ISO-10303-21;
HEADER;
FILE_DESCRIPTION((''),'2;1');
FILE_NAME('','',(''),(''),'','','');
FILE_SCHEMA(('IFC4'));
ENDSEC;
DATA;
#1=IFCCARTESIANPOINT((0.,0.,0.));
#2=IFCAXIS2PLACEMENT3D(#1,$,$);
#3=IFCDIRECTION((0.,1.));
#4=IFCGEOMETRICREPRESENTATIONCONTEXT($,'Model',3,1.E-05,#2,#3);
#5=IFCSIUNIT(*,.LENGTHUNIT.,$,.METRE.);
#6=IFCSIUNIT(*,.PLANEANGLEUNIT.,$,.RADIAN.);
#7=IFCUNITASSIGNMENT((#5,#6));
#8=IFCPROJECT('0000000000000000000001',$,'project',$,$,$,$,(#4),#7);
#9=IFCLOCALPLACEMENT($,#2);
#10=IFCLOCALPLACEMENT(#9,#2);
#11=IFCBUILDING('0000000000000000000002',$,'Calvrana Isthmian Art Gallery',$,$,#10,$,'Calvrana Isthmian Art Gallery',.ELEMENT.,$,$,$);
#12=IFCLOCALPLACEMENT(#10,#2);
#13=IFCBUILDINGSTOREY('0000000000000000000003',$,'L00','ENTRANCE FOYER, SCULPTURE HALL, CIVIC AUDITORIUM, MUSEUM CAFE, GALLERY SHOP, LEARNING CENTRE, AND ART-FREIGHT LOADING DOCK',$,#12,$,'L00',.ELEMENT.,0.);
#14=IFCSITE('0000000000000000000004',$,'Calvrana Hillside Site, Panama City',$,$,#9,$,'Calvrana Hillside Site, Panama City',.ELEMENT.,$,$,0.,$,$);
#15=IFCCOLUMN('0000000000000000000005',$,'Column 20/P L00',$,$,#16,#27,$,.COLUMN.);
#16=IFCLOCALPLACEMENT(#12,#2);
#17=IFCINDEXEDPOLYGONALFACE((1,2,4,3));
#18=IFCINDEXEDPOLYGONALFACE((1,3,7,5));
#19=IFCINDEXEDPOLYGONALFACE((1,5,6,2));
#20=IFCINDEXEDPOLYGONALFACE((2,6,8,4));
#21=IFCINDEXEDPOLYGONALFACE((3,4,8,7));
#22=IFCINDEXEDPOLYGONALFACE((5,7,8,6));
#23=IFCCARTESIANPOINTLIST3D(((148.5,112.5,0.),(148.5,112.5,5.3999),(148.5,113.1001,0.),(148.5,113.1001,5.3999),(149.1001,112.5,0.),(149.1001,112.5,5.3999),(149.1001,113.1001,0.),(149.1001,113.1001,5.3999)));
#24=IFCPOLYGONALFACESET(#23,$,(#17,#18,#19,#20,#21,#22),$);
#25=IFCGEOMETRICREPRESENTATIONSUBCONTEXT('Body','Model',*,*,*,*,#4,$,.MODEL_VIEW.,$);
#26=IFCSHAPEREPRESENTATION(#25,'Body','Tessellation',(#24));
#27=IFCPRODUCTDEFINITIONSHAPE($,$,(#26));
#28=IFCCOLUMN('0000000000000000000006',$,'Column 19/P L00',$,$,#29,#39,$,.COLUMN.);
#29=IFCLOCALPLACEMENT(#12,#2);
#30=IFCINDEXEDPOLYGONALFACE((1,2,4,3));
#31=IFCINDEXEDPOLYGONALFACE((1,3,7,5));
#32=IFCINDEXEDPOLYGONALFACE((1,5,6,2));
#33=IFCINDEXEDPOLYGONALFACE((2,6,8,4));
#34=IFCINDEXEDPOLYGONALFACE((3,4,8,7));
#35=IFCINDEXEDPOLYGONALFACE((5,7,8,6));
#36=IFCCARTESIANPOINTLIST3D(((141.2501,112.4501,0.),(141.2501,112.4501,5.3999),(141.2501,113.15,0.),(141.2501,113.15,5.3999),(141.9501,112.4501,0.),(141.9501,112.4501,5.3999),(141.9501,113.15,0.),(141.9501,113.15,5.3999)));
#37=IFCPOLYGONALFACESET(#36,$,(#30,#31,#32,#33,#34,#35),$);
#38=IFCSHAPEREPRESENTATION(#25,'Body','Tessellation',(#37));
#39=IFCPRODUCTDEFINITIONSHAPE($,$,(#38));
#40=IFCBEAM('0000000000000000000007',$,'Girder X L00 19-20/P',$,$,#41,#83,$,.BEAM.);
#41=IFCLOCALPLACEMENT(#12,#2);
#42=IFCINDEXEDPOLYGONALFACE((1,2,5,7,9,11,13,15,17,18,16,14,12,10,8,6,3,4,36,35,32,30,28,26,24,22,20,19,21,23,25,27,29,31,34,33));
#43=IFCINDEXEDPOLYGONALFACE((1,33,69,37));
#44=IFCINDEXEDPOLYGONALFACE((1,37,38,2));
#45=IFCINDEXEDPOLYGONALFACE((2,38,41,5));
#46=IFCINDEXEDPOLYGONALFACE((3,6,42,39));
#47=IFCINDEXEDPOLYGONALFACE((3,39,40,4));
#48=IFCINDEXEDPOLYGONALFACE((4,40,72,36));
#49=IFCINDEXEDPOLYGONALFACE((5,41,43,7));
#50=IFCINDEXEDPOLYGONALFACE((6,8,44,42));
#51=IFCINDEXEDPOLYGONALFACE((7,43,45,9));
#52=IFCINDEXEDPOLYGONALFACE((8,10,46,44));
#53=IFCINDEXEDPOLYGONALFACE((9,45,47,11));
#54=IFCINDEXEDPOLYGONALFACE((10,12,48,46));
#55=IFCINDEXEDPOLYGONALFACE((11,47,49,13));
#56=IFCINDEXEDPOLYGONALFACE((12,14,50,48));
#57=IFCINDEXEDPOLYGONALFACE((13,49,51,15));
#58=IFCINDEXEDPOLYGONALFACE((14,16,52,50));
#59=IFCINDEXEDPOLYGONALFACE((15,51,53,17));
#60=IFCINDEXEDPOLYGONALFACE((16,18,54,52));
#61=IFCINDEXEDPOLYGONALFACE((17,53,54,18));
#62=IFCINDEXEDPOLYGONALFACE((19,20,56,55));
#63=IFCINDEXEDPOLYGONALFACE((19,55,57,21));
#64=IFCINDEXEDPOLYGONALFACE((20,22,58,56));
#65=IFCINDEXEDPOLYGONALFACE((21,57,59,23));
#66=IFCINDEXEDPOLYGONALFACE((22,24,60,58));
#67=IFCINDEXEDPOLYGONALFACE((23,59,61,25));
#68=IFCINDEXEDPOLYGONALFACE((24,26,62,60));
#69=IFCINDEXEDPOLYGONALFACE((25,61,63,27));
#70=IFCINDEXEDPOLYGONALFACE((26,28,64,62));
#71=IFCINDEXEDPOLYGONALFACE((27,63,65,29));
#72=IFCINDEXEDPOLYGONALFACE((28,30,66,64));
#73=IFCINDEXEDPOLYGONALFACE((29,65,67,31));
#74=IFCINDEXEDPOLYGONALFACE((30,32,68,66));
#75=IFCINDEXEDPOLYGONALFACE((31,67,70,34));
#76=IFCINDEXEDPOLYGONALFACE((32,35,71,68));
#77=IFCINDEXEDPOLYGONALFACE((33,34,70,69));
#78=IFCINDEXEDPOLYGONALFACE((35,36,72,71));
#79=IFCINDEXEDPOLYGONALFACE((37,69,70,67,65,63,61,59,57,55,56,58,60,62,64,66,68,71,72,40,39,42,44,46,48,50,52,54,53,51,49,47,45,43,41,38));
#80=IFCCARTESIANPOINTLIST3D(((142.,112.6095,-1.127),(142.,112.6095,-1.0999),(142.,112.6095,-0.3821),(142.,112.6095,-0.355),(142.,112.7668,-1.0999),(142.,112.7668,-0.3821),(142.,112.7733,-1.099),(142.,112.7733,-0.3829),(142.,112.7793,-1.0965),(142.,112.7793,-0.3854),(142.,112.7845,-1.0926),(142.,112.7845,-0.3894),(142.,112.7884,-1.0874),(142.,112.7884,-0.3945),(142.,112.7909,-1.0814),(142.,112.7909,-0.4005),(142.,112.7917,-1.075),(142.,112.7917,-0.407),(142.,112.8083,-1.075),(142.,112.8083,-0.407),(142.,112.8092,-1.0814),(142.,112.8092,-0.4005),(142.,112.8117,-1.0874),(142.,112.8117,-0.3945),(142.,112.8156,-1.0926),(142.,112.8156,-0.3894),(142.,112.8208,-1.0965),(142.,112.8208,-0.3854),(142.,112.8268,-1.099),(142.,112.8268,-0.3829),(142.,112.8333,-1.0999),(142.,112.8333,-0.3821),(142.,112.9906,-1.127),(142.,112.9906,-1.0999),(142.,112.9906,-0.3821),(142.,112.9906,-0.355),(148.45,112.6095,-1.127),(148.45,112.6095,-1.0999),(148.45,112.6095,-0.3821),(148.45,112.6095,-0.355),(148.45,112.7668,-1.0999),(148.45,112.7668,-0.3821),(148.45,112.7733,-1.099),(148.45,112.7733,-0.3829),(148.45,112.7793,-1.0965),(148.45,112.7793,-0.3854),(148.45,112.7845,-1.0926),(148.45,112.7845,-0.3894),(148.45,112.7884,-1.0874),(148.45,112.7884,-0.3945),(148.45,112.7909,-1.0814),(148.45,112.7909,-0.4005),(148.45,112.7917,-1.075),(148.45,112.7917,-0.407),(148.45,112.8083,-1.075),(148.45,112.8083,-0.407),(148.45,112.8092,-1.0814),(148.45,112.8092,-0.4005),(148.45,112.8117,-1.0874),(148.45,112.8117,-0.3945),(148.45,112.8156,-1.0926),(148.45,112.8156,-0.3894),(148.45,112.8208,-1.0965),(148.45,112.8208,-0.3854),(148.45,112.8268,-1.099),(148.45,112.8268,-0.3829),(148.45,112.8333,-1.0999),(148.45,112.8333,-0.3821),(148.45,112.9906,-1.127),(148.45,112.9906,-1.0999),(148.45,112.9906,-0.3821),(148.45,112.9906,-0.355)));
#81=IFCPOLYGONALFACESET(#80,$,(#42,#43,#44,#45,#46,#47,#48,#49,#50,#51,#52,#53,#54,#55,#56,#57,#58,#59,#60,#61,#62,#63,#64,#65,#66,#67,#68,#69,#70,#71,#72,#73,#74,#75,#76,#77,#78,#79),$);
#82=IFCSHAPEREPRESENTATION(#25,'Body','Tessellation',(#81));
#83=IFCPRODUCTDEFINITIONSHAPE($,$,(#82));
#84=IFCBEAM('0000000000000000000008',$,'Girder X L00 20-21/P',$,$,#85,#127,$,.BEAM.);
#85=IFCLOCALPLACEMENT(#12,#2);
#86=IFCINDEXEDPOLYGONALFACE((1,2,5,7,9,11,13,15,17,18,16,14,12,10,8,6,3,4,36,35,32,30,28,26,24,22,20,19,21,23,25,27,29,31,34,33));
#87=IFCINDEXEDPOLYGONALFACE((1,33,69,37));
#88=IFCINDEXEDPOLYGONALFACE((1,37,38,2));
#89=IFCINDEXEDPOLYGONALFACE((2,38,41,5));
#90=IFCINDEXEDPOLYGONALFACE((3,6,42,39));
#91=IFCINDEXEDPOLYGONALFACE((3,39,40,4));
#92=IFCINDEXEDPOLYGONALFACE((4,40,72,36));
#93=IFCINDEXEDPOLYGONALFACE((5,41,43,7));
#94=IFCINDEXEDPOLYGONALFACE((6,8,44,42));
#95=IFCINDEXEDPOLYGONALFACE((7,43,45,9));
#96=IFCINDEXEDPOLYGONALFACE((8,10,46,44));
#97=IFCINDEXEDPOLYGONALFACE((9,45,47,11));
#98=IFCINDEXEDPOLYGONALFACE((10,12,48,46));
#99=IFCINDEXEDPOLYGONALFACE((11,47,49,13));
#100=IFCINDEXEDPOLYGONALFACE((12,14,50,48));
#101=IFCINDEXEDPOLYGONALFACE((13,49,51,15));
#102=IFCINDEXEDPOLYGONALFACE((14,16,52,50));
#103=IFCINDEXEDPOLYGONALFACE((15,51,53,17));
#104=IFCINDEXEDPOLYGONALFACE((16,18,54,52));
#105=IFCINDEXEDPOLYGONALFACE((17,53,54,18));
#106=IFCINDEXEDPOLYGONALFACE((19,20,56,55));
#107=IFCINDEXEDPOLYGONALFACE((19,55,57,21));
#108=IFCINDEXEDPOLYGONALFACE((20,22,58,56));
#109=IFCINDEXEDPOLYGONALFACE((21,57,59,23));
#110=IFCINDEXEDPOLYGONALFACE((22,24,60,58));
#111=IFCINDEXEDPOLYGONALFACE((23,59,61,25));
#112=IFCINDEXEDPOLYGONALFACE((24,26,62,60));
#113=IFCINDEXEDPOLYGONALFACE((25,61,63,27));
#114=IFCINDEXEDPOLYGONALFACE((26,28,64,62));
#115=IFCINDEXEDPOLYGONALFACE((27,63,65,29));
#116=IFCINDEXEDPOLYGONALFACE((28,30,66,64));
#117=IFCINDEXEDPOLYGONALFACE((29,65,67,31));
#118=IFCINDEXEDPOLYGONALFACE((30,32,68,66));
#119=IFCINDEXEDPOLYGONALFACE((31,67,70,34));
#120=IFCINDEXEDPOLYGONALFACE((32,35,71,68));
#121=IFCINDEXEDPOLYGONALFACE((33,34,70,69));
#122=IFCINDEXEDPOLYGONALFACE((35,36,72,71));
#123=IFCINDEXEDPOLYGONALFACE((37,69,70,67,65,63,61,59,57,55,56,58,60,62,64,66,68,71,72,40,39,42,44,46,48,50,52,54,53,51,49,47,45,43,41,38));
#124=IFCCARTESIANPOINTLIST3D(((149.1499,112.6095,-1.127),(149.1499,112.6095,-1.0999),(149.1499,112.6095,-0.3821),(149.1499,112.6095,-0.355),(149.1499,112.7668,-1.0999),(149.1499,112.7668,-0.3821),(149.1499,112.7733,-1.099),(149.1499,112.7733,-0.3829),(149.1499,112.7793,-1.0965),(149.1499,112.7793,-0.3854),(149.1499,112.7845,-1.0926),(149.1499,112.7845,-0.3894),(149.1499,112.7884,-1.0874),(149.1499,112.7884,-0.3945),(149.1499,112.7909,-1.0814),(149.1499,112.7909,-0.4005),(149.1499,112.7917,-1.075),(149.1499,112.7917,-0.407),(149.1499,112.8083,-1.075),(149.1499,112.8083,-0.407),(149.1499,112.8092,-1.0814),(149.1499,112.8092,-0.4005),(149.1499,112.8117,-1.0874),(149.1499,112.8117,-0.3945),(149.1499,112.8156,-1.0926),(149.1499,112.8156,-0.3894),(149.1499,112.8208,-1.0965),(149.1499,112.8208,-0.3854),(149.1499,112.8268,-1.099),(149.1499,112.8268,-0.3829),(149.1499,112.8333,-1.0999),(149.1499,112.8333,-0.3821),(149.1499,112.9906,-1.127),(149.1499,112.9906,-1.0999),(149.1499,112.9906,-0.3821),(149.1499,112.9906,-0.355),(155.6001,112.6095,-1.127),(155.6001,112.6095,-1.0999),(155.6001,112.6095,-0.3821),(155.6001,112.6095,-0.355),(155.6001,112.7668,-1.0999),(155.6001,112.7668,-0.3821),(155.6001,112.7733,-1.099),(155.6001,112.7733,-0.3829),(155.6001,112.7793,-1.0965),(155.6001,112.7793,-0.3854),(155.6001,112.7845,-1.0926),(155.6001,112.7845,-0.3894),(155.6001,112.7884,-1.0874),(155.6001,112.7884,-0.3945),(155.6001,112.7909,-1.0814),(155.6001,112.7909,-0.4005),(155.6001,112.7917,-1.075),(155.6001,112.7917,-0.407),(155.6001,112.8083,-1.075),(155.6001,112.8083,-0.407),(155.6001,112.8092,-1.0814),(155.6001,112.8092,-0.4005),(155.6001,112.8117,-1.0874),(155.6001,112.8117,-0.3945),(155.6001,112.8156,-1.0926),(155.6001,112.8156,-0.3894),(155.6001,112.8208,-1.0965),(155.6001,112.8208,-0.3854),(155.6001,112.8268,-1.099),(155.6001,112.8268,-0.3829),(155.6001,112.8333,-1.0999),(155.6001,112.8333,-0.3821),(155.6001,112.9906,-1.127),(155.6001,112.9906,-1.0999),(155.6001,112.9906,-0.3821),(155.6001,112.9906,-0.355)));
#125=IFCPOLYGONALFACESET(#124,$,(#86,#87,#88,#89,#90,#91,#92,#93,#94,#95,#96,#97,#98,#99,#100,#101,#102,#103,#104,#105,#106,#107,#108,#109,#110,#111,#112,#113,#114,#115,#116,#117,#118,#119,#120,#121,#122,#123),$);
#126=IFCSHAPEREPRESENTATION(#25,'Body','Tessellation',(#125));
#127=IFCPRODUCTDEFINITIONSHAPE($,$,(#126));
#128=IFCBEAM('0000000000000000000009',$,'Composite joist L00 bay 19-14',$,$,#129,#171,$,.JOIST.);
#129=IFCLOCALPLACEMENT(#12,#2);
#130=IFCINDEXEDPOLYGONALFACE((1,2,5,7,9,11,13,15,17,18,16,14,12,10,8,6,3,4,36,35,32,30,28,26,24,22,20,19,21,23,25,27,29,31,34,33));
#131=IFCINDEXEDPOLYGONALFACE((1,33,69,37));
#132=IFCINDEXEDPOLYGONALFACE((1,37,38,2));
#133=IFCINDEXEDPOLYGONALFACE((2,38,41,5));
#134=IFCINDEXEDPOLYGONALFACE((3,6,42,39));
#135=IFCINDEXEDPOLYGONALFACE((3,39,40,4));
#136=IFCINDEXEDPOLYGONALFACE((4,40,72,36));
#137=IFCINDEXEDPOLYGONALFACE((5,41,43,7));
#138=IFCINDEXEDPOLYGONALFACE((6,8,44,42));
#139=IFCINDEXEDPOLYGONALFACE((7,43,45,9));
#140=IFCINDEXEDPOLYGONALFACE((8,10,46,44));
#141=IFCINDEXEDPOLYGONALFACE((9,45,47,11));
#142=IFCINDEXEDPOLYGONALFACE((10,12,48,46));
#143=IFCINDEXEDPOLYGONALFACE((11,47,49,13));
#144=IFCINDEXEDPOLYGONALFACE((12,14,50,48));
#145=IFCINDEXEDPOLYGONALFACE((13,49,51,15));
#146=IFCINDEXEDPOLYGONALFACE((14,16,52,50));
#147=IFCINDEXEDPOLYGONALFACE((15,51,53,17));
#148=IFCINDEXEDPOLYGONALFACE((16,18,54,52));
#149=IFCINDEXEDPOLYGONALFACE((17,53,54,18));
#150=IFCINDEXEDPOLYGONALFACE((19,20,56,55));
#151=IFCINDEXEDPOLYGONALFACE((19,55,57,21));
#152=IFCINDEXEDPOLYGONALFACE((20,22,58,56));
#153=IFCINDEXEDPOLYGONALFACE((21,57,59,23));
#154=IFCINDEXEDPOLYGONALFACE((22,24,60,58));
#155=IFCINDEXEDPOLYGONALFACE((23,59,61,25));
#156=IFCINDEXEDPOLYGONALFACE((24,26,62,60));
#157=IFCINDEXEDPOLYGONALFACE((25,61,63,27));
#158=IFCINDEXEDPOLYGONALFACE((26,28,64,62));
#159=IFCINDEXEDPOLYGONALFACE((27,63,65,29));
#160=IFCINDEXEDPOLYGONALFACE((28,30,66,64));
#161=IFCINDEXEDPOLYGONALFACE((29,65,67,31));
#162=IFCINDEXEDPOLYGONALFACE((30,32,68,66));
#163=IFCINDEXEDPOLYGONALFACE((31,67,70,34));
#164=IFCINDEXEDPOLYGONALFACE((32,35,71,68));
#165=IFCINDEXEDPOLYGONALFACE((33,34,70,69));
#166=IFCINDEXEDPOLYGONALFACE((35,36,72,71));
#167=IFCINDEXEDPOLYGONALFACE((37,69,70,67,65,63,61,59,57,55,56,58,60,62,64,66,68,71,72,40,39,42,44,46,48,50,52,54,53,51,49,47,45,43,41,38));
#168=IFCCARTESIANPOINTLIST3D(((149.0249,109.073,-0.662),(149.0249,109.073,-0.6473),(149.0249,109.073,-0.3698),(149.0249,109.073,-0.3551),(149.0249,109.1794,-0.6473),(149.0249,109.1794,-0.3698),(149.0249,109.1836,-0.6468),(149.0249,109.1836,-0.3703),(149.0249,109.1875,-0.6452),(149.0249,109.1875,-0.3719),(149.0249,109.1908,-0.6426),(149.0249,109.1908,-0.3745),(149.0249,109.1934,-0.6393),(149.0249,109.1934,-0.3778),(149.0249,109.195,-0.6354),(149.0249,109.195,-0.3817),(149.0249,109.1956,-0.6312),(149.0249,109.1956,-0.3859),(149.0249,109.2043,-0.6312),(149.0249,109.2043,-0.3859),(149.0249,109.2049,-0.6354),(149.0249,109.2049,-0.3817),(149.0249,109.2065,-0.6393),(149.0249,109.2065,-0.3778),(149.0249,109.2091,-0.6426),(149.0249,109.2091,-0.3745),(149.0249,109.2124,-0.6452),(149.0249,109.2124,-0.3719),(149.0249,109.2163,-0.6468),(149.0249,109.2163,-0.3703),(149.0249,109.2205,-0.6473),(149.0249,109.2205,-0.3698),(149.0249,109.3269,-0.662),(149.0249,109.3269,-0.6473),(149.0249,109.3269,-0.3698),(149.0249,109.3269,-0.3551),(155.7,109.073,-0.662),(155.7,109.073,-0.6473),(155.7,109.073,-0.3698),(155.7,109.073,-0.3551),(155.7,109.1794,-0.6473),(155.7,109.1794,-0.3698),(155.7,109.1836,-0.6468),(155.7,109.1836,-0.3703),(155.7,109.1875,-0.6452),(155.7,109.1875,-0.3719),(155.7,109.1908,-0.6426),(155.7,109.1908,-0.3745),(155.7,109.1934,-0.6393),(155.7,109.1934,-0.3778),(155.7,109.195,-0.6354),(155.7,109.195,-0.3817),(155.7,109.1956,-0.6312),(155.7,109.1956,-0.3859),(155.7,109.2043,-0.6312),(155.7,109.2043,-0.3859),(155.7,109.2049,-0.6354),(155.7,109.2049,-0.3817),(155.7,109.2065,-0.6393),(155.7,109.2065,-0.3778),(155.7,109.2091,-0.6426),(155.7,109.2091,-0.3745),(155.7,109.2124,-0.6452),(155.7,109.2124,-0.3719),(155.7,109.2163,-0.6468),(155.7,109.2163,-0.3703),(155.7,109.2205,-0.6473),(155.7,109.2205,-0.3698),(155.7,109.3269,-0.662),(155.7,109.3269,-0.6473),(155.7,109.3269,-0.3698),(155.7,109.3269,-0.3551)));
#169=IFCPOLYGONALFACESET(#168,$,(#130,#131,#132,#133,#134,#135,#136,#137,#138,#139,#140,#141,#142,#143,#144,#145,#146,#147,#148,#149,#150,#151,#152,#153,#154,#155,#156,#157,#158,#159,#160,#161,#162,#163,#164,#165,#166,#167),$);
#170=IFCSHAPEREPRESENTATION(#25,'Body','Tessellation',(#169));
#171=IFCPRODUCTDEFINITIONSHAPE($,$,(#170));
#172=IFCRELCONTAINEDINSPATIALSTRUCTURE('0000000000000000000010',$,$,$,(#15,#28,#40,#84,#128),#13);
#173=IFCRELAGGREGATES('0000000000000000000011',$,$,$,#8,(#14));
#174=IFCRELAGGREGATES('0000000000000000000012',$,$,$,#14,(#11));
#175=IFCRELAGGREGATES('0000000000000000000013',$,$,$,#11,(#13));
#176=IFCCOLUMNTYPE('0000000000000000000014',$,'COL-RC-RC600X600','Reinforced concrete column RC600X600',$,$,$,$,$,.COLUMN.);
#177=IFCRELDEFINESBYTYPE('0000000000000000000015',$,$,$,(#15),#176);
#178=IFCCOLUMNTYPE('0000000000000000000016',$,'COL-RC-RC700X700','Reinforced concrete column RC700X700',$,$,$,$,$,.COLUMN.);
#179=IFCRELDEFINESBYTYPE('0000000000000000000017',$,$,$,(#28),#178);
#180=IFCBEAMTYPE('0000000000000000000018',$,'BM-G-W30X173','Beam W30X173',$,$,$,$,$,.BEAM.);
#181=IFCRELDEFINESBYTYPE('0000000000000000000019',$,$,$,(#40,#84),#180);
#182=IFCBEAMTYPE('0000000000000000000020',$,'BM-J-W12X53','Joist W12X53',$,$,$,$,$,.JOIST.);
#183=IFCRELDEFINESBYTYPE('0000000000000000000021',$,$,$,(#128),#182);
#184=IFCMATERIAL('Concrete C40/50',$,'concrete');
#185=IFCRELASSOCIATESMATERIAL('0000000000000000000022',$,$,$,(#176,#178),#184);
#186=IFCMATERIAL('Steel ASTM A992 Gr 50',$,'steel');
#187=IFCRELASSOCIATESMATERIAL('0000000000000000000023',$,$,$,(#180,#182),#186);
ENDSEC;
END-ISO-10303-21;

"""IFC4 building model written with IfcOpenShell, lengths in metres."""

from ifc_helpers import new_model, si_unit, direction, frame, origin, origin_2d, place, context, subcontext, project, spatial, rectangle, i_section, extrude, material, material_profile, profile_set, type_object, element, save


model = new_model("IFC4")

# Units and contexts
model_context = context("Model", 3, precision=1e-05, world=origin(), true_north=direction((0.0, 1.0)))
body_context = subcontext(model_context, "Body", "Model", "MODEL_VIEW")
ifc_project = project(units=[si_unit("LENGTHUNIT", "METRE"), si_unit("PLANEANGLEUNIT", "RADIAN")], contexts=[model_context])

# Site, building, storey
site_placement = place(None, origin())
site = spatial("IfcSite", under=ifc_project, at=site_placement, Name="Calvrana Hillside Site, Panama City", LongName="Calvrana Hillside Site, Panama City", CompositionType="ELEMENT", RefElevation=0.0)
building_placement = place(site_placement, origin())
building = spatial("IfcBuilding", under=site, at=building_placement, Name="Calvrana Isthmian Art Gallery", LongName="Calvrana Isthmian Art Gallery", CompositionType="ELEMENT")
storey_placement = place(building_placement, origin())
storey = spatial("IfcBuildingStorey", under=building, at=storey_placement, Name="L00", Description="ENTRANCE FOYER, SCULPTURE HALL, CIVIC AUDITORIUM, MUSEUM CAFE, GALLERY SHOP, LEARNING CENTRE, AND ART-FREIGHT LOADING DOCK", LongName="L00", CompositionType="ELEMENT", Elevation=0.0)

# Columns
ifc_material_1 = material(Name="Concrete C40/50", Category="concrete")
ifc_material_profile_1 = material_profile(ifc_material_1, rectangle(XDim=0.6001, YDim=0.6001, at=origin_2d()), Name="RC600X600")
ifc_profile_set_1 = profile_set([ifc_material_profile_1], Name="Concrete C40/50")
column_type_1 = type_object("IfcColumnType", Name="COL-RC-RC600X600", Description="Reinforced concrete column RC600X600", PredefinedType="COLUMN", material=ifc_profile_set_1)
column_1_placement = place(storey_placement, frame((148.8, 112.8, 0.0), z_axis=(0.0, 0.0, 1.0), x_axis=(1.0, 0.0, 0.0)))
element("IfcColumn", 1, at=column_1_placement, inside=storey, type_object=column_type_1, Name="Column 20/P L00", PredefinedType="COLUMN", context=body_context, shape_type="SweptSolid", body=[
    extrude(rectangle(XDim=0.6001, YDim=0.6001, at=origin_2d()), origin(), (0.0, 0.0, 1.0), 5.3999),
])
ifc_material_profile_2 = material_profile(ifc_material_1, rectangle(XDim=0.7, YDim=0.7, at=origin_2d()), Name="RC700X700")
ifc_profile_set_2 = profile_set([ifc_material_profile_2], Name="Concrete C40/50")
column_type_2 = type_object("IfcColumnType", Name="COL-RC-RC700X700", Description="Reinforced concrete column RC700X700", PredefinedType="COLUMN", material=ifc_profile_set_2)
column_2_placement = place(storey_placement, frame((141.6001, 112.8, 0.0), z_axis=(0.0, 0.0, 1.0), x_axis=(1.0, 0.0, 0.0)))
element("IfcColumn", 2, at=column_2_placement, inside=storey, type_object=column_type_2, Name="Column 19/P L00", PredefinedType="COLUMN", context=body_context, shape_type="SweptSolid", body=[
    extrude(rectangle(XDim=0.7, YDim=0.7, at=origin_2d()), origin(), (0.0, 0.0, 1.0), 5.3999),
])

# Beams
ifc_material_2 = material(Name="Steel ASTM A992 Gr 50", Category="steel")
ifc_material_profile_3 = material_profile(ifc_material_2, i_section(OverallWidth=0.3811, OverallDepth=0.772, WebThickness=0.0166, FlangeThickness=0.0271, FilletRadius=0.0249, at=origin_2d()), Name="W30X173")
ifc_profile_set_3 = profile_set([ifc_material_profile_3], Name="Steel ASTM A992 Gr 50")
beam_type_1 = type_object("IfcBeamType", Name="BM-G-W30X173", Description="Beam W30X173", PredefinedType="BEAM", material=ifc_profile_set_3)
beam_1_placement = place(storey_placement, frame((142.0, 112.8, -0.741), z_axis=(1.0, 0.0, 0.0), x_axis=(0.0, 1.0, 0.0)))
element("IfcBeam", 3, at=beam_1_placement, inside=storey, type_object=beam_type_1, Name="Girder X L00 19-20/P", PredefinedType="BEAM", context=body_context, shape_type="SweptSolid", body=[
    extrude(i_section(OverallWidth=0.3811, OverallDepth=0.772, WebThickness=0.0166, FlangeThickness=0.0271, FilletRadius=0.0249, at=origin_2d()), origin(), (0.0, 0.0, 1.0), 6.45),
])
beam_2_placement = place(storey_placement, frame((149.1499, 112.8, -0.741), z_axis=(1.0, 0.0, 0.0), x_axis=(0.0, 1.0, 0.0)))
element("IfcBeam", 4, at=beam_2_placement, inside=storey, type_object=beam_type_1, Name="Girder X L00 20-21/P", PredefinedType="BEAM", context=body_context, shape_type="SweptSolid", body=[
    extrude(i_section(OverallWidth=0.3811, OverallDepth=0.772, WebThickness=0.0166, FlangeThickness=0.0271, FilletRadius=0.0249, at=origin_2d()), origin(), (0.0, 0.0, 1.0), 6.4502),
])
ifc_material_profile_4 = material_profile(ifc_material_2, i_section(OverallWidth=0.2539, OverallDepth=0.3069, WebThickness=0.0088, FlangeThickness=0.0146, FilletRadius=0.0161, at=origin_2d()), Name="W12X53")
ifc_profile_set_4 = profile_set([ifc_material_profile_4], Name="Steel ASTM A992 Gr 50")
beam_type_2 = type_object("IfcBeamType", Name="BM-J-W12X53", Description="Joist W12X53", PredefinedType="JOIST", material=ifc_profile_set_4)
beam_3_placement = place(storey_placement, frame((149.0249, 109.2, -0.5085), z_axis=(1.0, 0.0, 0.0), x_axis=(0.0, 1.0, 0.0)))
element("IfcBeam", 5, at=beam_3_placement, inside=storey, type_object=beam_type_2, Name="Composite joist L00 bay 19-14", PredefinedType="JOIST", context=body_context, shape_type="SweptSolid", body=[
    extrude(i_section(OverallWidth=0.2539, OverallDepth=0.3069, WebThickness=0.0088, FlangeThickness=0.0146, FilletRadius=0.0161, at=origin_2d()), origin(), (0.0, 0.0, 1.0), 6.675),
])

save(model, "model.ifc")
